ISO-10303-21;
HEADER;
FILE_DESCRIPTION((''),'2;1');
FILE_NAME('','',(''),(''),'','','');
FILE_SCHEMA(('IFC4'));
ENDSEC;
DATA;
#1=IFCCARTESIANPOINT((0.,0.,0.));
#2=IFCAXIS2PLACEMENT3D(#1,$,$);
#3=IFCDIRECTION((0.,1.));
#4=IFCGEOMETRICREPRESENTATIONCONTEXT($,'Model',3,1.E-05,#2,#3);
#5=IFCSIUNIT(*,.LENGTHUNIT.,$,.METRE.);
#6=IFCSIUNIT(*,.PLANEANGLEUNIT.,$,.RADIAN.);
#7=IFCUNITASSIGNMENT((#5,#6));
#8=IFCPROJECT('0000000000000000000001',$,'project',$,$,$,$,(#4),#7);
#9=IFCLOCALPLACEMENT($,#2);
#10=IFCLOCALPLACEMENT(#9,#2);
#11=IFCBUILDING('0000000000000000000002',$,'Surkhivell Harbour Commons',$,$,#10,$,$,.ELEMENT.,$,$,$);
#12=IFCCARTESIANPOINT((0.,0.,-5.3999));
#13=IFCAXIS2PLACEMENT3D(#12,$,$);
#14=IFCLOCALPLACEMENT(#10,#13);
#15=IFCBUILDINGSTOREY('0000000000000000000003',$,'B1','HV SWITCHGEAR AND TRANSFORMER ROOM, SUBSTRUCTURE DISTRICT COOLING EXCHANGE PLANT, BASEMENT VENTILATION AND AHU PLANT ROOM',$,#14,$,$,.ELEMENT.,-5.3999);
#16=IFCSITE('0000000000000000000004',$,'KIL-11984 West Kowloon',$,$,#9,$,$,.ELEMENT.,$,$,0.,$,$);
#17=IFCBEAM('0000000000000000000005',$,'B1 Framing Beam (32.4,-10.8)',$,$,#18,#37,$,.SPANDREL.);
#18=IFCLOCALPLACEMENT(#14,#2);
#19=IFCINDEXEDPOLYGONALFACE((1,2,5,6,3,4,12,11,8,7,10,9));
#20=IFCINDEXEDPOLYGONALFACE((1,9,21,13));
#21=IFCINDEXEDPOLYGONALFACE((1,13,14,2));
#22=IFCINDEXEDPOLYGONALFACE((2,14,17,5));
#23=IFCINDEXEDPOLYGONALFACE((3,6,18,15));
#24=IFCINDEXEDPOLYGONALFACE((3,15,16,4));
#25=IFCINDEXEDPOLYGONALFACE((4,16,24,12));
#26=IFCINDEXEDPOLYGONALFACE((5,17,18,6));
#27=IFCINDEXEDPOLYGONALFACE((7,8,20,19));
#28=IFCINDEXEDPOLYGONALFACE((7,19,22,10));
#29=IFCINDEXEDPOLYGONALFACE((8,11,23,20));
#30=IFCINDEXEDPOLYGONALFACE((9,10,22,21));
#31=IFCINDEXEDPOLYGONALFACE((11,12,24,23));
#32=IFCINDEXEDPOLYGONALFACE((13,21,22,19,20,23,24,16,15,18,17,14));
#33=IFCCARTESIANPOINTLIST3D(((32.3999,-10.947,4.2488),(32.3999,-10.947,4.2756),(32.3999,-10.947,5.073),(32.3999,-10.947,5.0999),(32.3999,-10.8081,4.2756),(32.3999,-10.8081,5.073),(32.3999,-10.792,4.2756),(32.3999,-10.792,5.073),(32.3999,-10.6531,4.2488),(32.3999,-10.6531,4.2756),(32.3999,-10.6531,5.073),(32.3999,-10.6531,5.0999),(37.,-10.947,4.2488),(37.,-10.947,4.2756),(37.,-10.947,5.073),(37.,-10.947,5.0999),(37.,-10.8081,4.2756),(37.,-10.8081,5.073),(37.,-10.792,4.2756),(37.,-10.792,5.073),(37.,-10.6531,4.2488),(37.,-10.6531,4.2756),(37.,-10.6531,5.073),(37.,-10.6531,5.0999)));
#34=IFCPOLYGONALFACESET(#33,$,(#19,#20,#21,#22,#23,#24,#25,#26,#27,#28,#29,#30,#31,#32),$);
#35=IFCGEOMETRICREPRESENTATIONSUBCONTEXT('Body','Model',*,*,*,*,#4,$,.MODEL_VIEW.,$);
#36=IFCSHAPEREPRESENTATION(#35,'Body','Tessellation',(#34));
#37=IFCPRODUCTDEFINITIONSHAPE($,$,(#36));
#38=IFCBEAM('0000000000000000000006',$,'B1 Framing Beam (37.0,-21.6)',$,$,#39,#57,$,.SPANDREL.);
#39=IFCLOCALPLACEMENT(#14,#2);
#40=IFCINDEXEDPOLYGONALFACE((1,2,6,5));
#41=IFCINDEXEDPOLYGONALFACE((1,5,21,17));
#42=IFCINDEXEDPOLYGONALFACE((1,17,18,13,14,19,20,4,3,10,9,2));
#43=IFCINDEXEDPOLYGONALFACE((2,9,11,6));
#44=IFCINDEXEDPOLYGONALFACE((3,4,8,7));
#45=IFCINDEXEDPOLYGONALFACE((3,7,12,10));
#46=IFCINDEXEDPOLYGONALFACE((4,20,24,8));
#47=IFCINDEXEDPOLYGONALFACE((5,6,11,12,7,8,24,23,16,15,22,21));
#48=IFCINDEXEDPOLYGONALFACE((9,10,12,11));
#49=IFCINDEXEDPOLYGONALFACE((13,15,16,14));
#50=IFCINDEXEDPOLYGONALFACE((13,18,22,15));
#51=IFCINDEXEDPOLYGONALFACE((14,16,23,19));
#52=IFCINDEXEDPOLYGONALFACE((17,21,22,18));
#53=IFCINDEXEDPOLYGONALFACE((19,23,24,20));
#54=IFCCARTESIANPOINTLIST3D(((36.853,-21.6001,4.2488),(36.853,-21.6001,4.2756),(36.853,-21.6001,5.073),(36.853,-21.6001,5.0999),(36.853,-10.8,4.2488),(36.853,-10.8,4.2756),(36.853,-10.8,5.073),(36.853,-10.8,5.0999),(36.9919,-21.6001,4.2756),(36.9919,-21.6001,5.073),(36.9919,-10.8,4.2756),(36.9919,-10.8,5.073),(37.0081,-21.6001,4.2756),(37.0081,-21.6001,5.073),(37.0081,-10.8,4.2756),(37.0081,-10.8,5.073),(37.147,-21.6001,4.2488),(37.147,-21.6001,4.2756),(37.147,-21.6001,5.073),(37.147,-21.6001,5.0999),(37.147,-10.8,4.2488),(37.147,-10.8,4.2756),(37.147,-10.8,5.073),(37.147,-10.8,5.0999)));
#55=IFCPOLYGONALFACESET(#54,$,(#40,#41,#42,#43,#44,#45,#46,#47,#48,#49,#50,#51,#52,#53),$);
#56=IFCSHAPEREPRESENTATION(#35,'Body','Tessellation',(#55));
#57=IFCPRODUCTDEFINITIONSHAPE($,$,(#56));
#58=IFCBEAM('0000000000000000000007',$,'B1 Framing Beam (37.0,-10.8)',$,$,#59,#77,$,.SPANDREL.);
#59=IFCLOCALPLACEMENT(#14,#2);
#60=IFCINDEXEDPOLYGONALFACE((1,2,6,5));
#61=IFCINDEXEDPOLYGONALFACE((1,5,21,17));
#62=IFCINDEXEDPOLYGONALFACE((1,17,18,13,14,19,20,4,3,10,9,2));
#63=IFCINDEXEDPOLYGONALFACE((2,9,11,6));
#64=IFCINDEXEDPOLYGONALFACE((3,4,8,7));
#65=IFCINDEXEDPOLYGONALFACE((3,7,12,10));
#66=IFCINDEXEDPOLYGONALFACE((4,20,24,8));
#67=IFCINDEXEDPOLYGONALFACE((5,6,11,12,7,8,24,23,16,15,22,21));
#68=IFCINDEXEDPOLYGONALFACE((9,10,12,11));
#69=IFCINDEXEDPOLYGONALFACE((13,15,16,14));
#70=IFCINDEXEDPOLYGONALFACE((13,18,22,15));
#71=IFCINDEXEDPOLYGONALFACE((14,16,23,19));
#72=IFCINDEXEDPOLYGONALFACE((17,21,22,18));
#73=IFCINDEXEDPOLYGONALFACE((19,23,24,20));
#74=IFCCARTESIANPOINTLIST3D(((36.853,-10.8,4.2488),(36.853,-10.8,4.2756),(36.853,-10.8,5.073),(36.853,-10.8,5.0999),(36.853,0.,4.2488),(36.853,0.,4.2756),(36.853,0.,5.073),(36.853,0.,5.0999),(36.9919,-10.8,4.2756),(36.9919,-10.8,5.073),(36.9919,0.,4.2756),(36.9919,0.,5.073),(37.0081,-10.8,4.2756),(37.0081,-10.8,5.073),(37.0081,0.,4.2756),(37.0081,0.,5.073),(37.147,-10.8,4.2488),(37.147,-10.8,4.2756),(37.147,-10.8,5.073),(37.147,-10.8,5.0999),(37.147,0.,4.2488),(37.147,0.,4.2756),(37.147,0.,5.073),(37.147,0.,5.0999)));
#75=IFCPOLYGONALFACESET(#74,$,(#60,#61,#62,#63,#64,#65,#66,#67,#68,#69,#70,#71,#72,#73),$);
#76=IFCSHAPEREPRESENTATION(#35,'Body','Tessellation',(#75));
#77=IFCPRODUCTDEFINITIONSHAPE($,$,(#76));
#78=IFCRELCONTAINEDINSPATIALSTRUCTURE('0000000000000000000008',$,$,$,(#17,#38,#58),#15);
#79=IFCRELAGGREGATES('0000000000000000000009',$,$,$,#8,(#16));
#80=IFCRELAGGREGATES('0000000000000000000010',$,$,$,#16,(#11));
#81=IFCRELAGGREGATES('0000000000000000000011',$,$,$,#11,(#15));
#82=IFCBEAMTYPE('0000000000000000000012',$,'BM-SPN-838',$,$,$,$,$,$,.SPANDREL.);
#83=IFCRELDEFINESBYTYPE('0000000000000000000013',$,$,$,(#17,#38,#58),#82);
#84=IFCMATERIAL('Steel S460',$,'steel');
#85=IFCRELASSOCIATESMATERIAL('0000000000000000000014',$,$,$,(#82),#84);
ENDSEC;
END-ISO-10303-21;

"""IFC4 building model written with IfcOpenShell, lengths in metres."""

from ifc_helpers import new_model, si_unit, direction, frame, origin, origin_2d, place, context, subcontext, project, spatial, i_section, extrude, material, material_profile, profile_set, type_object, element, save


model = new_model("IFC4")

# Units and contexts
model_context = context("Model", 3, precision=1e-05, world=origin(), true_north=direction((0.0, 1.0)))
body_context = subcontext(model_context, "Body", "Model", "MODEL_VIEW")
ifc_project = project(units=[si_unit("LENGTHUNIT", "METRE"), si_unit("PLANEANGLEUNIT", "RADIAN")], contexts=[model_context])

# Site, building, storey
site_placement = place(None, origin())
site = spatial("IfcSite", under=ifc_project, at=site_placement, Name="KIL-11984 West Kowloon", CompositionType="ELEMENT", RefElevation=0.0)
building_placement = place(site_placement, origin())
building = spatial("IfcBuilding", under=site, at=building_placement, Name="Surkhivell Harbour Commons", CompositionType="ELEMENT")
storey_placement = place(building_placement, frame((0.0, 0.0, -5.3999)))
storey = spatial("IfcBuildingStorey", under=building, at=storey_placement, Name="B1", Description="HV SWITCHGEAR AND TRANSFORMER ROOM, SUBSTRUCTURE DISTRICT COOLING EXCHANGE PLANT, BASEMENT VENTILATION AND AHU PLANT ROOM", CompositionType="ELEMENT", Elevation=-5.3999)

# Beams
ifc_material_1 = material(Name="Steel S460", Category="steel")
ifc_material_profile_1 = material_profile(ifc_material_1, i_section(OverallWidth=0.2939, OverallDepth=0.8511, WebThickness=0.0161, FlangeThickness=0.0269, at=origin_2d()), Name="UB838x292x226")
ifc_profile_set_1 = profile_set([ifc_material_profile_1], Name="Steel S460")
beam_type = type_object("IfcBeamType", Name="BM-SPN-838", PredefinedType="SPANDREL", material=ifc_profile_set_1)
beam_1_placement = place(storey_placement, frame((32.3999, -10.8, 4.6743), z_axis=(1.0, 0.0, 0.0), x_axis=(0.0, 1.0, 0.0)))
element("IfcBeam", 1, at=beam_1_placement, inside=storey, type_object=beam_type, Name="B1 Framing Beam (32.4,-10.8)", PredefinedType="SPANDREL", context=body_context, shape_type="SweptSolid", body=[
    extrude(i_section(OverallWidth=0.2939, OverallDepth=0.8511, WebThickness=0.0161, FlangeThickness=0.0269, at=origin_2d()), origin(), (0.0, 0.0, 1.0), 4.6001),
])
for number, where, z_axis, x_axis, name in (
    (2, (37.0, -21.6001, 4.6743), (0.0, 1.0, 0.0), (-1.0, 0.0, 0.0), "B1 Framing Beam (37.0,-21.6)"),
    (3, (37.0, -10.8, 4.6743), (0.0, 1.0, 0.0), (-1.0, 0.0, 0.0), "B1 Framing Beam (37.0,-10.8)"),
):
    element("IfcBeam", number, at=place(storey_placement, frame(where, z_axis=z_axis, x_axis=x_axis)), inside=storey, type_object=beam_type, Name=name, PredefinedType="SPANDREL", context=body_context, shape_type="SweptSolid", body=[
        extrude(i_section(OverallWidth=0.2939, OverallDepth=0.8511, WebThickness=0.0161, FlangeThickness=0.0269, at=origin_2d()), origin(), (0.0, 0.0, 1.0), 10.8),
    ])

save(model, "model.ifc")
